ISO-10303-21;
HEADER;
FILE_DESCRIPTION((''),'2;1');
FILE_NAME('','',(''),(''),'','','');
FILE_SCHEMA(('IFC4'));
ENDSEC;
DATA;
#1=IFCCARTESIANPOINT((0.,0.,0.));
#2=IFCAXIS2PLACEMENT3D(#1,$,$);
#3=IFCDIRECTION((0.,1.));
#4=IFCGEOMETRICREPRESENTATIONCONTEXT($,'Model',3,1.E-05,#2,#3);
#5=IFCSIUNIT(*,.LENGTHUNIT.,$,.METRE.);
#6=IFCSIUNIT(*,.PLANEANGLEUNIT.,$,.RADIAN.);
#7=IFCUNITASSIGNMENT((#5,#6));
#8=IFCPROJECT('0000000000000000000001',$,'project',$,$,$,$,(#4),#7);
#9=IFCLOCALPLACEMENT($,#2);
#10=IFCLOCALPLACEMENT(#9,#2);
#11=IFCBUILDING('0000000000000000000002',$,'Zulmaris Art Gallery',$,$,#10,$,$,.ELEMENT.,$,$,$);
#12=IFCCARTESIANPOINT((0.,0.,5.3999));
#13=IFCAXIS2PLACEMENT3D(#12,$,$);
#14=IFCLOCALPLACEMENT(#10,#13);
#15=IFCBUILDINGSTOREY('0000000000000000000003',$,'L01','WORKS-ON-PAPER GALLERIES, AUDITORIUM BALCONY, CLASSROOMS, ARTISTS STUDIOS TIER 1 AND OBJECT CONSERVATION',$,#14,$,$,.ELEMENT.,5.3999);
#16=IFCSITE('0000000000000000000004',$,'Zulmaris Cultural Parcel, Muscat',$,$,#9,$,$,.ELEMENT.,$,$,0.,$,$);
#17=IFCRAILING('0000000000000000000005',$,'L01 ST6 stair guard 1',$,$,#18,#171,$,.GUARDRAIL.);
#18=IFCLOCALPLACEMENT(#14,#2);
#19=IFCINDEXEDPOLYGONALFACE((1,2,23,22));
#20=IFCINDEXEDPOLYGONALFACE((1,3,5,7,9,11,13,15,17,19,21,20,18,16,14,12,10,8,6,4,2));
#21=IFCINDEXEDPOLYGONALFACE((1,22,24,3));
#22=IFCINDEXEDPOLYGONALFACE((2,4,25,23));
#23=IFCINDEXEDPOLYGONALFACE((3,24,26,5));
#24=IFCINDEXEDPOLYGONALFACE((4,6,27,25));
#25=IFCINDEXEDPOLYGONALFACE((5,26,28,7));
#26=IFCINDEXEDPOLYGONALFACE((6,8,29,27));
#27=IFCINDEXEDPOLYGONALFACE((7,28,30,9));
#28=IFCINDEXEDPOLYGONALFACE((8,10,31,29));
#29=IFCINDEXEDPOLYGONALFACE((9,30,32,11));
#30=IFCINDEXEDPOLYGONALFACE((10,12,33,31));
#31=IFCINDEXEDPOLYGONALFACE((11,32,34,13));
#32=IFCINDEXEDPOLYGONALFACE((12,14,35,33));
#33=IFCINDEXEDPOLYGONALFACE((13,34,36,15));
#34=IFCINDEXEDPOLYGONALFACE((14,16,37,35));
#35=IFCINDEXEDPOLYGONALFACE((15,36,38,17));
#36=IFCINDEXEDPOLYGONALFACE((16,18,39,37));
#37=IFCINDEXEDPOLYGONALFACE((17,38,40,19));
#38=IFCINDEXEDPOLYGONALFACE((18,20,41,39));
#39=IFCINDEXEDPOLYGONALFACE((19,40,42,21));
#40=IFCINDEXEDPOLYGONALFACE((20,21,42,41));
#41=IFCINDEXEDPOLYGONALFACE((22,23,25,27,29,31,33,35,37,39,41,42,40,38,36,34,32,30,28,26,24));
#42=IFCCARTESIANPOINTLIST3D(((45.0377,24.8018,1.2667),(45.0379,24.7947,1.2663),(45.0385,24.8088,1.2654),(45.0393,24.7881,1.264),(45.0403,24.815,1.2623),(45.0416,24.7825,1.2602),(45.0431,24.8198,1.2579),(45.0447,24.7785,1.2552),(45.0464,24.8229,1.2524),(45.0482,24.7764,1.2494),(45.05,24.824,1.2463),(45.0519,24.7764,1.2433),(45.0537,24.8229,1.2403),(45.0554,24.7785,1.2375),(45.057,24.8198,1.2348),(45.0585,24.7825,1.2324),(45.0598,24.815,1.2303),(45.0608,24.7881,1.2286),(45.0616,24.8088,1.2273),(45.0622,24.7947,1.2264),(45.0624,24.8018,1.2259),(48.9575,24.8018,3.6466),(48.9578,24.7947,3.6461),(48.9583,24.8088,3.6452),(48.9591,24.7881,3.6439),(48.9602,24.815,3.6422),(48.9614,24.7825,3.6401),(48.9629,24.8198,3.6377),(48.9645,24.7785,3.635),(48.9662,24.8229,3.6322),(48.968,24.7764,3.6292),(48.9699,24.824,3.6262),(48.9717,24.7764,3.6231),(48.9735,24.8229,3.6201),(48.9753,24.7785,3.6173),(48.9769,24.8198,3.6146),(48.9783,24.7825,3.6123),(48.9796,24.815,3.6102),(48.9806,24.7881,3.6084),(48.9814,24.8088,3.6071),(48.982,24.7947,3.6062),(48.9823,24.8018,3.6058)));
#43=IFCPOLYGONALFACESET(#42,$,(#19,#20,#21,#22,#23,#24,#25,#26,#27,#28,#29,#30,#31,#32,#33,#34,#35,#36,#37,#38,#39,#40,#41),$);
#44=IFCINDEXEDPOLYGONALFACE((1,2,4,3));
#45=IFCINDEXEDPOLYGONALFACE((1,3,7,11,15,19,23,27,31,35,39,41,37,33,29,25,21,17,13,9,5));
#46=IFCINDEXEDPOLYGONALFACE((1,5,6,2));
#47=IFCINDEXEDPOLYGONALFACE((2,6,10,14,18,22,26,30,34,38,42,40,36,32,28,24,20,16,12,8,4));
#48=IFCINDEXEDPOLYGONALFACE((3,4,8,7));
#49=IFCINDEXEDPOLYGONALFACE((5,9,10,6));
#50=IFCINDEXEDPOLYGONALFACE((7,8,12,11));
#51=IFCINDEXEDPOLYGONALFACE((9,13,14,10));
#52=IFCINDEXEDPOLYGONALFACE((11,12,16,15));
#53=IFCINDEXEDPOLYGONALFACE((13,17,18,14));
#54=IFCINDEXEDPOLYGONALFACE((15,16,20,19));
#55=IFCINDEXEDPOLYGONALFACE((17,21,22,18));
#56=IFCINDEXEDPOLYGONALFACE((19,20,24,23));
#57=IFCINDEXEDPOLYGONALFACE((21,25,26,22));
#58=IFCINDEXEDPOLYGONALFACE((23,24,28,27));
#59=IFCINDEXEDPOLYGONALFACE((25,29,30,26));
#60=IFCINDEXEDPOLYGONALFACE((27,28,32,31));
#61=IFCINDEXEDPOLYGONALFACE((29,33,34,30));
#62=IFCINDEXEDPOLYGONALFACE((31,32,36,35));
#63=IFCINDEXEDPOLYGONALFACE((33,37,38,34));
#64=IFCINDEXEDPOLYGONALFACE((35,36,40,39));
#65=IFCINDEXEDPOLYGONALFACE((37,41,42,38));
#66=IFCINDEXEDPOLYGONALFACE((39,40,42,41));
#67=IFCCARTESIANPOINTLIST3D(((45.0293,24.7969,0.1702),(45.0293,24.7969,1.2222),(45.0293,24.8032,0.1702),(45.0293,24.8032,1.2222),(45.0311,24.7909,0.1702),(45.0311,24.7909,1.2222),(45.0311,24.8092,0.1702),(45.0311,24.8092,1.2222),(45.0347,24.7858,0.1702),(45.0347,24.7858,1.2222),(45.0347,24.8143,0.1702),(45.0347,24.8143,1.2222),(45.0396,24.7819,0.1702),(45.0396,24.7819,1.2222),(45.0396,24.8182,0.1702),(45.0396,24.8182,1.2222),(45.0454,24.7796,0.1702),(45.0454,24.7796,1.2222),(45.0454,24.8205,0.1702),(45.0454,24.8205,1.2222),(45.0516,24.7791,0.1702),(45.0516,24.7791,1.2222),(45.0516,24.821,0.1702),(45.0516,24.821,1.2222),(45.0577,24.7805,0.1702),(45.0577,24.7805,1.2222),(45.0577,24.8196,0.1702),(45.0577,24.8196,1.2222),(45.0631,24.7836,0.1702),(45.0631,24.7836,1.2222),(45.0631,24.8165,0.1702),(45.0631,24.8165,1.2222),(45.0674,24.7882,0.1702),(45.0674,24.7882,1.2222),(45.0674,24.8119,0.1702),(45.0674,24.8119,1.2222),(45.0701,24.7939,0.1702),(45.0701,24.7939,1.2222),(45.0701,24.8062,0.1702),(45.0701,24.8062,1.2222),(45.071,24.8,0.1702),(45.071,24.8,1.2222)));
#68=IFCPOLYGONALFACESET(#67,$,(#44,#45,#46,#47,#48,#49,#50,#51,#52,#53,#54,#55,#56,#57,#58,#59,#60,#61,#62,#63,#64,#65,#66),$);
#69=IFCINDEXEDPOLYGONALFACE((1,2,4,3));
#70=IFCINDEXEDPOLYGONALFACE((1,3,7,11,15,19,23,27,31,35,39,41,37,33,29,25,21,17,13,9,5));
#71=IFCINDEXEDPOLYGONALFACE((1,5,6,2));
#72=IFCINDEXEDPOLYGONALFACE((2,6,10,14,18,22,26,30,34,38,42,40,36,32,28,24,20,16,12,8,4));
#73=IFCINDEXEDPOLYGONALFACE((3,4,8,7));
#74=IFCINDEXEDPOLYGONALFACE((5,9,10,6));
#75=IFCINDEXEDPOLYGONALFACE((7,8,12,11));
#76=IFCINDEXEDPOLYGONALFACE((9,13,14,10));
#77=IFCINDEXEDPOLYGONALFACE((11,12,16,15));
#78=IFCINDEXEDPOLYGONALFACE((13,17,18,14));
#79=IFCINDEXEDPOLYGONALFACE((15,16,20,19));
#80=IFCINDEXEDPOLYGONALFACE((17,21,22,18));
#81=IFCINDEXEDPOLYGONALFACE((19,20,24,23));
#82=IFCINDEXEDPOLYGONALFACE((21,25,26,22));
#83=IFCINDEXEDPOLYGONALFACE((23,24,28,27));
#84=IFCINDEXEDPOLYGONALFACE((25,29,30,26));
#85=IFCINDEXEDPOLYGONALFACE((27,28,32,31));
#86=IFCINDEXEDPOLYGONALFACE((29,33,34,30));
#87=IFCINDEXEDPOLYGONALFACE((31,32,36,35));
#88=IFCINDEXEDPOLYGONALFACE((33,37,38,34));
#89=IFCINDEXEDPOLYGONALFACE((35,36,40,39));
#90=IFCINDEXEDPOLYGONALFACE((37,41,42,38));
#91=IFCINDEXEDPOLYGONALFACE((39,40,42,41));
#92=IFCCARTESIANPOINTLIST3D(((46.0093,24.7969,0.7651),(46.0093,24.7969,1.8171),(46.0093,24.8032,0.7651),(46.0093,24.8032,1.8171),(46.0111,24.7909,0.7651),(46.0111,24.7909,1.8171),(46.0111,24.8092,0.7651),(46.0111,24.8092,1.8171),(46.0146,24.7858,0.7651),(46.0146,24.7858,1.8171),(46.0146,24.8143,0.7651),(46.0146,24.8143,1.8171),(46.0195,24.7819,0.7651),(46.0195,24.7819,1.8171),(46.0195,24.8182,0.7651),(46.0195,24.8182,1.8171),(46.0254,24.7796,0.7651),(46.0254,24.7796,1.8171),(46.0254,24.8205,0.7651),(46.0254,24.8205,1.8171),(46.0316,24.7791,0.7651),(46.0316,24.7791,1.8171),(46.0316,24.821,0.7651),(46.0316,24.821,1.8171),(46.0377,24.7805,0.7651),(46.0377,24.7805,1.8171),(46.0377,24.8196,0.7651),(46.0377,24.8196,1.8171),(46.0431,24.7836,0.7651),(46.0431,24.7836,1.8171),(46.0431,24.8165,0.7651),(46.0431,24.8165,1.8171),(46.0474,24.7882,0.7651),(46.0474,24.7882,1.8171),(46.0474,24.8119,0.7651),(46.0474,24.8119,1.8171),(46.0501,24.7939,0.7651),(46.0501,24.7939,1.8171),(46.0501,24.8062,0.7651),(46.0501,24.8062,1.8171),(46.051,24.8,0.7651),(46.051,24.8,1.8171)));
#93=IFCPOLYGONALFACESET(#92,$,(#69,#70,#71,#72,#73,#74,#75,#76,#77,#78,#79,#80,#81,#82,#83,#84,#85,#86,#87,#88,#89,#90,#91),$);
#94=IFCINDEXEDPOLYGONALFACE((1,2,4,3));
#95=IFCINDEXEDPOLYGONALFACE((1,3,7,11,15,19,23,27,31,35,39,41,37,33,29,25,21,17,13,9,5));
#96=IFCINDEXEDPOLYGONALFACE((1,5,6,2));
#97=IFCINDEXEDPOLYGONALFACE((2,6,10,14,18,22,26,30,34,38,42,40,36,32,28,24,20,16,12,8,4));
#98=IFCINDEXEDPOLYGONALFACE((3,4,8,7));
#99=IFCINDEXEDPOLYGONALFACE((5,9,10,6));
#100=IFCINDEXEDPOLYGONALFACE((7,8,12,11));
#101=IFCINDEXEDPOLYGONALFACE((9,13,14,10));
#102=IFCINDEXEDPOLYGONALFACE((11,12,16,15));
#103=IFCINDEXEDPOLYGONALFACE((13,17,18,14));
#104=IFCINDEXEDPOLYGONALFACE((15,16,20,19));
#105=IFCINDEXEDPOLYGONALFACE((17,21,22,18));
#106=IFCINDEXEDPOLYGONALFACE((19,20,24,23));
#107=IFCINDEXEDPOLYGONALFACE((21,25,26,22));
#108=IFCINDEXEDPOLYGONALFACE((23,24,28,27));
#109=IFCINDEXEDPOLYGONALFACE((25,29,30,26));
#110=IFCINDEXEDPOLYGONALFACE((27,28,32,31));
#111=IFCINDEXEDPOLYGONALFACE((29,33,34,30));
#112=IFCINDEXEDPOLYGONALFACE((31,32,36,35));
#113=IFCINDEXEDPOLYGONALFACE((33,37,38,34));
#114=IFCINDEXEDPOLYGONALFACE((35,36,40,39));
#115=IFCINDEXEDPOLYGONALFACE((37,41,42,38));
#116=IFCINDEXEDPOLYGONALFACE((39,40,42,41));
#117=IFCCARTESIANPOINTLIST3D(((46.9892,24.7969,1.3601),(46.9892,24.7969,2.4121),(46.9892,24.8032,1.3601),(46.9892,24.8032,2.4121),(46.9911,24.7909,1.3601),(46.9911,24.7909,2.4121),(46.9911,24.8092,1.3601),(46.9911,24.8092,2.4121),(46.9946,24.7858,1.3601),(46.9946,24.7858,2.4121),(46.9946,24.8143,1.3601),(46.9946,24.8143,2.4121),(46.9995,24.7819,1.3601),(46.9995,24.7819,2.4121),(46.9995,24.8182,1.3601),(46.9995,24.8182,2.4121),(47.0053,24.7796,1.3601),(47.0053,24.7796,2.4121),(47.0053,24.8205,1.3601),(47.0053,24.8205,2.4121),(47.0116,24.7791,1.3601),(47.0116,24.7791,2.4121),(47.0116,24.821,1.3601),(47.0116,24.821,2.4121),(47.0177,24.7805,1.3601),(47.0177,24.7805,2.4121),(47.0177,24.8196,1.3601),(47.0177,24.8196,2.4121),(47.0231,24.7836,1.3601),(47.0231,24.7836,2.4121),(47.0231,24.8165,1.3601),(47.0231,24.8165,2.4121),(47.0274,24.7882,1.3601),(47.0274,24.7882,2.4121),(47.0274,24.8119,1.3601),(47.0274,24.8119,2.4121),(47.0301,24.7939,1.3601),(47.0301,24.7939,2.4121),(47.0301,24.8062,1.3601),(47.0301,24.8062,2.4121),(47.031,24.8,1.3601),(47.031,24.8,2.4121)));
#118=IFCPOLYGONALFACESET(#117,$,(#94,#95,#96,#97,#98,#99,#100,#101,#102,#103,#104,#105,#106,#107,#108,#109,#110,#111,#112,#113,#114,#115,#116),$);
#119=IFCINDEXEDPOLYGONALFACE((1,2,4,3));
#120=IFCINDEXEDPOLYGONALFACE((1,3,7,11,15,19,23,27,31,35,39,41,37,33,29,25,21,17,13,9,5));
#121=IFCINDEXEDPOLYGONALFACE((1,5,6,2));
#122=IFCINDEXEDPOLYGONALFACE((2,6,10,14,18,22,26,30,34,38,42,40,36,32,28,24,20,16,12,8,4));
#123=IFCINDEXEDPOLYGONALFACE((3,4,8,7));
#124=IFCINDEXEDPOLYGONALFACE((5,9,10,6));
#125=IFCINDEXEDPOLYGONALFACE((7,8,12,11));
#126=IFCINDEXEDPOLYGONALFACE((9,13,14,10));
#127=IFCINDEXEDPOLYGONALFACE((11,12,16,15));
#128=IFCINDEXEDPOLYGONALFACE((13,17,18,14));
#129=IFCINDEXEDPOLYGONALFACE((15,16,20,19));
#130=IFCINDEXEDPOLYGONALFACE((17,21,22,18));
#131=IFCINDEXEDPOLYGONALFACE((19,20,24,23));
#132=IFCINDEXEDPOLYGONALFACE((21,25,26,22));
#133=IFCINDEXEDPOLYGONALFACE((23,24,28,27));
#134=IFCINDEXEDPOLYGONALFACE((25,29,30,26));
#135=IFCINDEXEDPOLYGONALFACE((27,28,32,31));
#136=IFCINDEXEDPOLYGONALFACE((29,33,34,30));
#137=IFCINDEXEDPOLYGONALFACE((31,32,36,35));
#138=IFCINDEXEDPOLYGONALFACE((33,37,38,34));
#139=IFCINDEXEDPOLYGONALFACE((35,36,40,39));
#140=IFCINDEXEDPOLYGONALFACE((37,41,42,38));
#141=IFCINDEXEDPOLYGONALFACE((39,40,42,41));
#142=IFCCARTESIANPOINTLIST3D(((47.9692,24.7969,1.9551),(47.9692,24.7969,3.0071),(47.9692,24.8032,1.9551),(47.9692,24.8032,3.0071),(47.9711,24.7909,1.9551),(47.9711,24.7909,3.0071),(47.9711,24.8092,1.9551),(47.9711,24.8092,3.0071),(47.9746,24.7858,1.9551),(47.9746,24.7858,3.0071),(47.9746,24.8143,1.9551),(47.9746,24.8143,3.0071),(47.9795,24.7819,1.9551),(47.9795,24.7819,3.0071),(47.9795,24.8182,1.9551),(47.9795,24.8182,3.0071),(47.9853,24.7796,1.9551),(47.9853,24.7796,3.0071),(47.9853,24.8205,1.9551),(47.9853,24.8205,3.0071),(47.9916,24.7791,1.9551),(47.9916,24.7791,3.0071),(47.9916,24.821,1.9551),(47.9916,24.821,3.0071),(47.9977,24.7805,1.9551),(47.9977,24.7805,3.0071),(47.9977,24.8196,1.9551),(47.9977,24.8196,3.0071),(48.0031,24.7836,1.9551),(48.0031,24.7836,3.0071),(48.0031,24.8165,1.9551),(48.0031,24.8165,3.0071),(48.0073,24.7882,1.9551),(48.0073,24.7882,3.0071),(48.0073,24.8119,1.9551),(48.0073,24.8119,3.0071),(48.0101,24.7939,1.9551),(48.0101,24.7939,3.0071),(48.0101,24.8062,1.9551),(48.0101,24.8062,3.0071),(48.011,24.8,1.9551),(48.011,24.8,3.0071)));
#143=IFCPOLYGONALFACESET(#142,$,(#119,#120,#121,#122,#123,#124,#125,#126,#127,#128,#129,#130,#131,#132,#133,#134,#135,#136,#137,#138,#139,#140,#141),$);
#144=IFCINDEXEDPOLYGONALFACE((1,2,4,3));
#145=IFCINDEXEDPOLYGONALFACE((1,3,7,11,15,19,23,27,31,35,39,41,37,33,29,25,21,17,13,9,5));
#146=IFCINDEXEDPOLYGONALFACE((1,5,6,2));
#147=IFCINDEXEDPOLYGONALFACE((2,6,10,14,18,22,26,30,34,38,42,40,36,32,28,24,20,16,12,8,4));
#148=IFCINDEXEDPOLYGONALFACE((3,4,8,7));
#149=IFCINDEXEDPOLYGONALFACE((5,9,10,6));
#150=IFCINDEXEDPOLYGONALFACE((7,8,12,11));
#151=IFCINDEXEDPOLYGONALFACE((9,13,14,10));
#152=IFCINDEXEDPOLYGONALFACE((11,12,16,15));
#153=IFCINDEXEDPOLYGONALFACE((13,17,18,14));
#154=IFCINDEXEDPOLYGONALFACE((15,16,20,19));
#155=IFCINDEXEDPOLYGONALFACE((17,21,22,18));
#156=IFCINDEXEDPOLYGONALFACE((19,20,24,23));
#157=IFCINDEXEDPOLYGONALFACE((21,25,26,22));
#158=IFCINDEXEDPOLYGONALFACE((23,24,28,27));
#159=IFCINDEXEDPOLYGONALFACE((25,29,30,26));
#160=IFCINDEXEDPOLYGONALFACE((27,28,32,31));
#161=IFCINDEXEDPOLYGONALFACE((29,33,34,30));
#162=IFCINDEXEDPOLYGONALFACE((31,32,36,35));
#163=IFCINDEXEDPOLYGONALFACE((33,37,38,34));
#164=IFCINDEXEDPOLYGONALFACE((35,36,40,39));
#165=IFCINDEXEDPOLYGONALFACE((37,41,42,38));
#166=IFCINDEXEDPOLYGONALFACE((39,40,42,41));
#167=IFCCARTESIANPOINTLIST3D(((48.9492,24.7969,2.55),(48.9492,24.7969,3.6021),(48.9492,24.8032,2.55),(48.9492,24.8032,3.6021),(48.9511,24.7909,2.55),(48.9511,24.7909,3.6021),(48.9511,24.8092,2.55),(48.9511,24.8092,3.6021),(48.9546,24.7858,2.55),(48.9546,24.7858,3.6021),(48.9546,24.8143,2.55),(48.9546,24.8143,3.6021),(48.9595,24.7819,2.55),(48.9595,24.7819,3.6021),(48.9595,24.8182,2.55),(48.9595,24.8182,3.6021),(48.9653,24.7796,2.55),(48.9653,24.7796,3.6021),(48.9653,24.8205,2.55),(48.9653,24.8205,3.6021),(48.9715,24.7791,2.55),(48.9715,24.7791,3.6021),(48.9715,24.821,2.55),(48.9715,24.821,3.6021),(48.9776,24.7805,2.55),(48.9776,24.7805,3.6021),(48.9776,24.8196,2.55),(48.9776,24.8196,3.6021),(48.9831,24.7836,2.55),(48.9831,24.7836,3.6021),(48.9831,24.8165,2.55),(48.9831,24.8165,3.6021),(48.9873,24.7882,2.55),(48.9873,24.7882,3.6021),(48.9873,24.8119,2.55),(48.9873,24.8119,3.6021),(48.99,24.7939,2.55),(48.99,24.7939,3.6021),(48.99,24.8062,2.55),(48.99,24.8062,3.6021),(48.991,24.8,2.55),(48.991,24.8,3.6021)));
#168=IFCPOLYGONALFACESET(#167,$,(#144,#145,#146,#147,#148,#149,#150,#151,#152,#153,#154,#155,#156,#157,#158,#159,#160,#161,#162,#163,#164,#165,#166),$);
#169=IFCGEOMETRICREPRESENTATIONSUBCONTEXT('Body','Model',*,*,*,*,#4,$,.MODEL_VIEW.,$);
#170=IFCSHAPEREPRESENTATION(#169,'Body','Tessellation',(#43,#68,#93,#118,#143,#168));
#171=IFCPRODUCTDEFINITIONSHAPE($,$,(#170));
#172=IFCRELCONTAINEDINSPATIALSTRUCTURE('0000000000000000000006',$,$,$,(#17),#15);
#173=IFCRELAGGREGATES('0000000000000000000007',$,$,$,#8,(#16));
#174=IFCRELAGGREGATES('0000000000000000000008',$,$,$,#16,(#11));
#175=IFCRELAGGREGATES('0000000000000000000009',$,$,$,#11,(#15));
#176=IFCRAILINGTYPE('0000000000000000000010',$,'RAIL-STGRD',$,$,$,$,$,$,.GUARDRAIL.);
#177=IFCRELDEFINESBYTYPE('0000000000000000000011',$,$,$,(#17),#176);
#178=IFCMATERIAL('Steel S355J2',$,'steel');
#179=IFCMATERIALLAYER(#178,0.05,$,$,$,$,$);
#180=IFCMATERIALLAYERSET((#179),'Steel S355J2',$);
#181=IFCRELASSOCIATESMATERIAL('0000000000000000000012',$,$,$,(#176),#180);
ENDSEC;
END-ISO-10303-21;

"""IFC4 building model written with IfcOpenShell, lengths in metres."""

from ifc_helpers import new_model, si_unit, direction, frame, origin, origin_2d, place, context, subcontext, project, spatial, circle, extrude, material, layer, layer_set, type_object, element, save


model = new_model("IFC4")

# Units and contexts
model_context = context("Model", 3, precision=1e-05, world=origin(), true_north=direction((0.0, 1.0)))
body_context = subcontext(model_context, "Body", "Model", "MODEL_VIEW")
ifc_project = project(units=[si_unit("LENGTHUNIT", "METRE"), si_unit("PLANEANGLEUNIT", "RADIAN")], contexts=[model_context])

# Site, building, storey
site_placement = place(None, origin())
site = spatial("IfcSite", under=ifc_project, at=site_placement, Name="Zulmaris Cultural Parcel, Muscat", CompositionType="ELEMENT", RefElevation=0.0)
building_placement = place(site_placement, origin())
building = spatial("IfcBuilding", under=site, at=building_placement, Name="Zulmaris Art Gallery", CompositionType="ELEMENT")
storey_placement = place(building_placement, frame((0.0, 0.0, 5.3999)))
storey = spatial("IfcBuildingStorey", under=building, at=storey_placement, Name="L01", Description="WORKS-ON-PAPER GALLERIES, AUDITORIUM BALCONY, CLASSROOMS, ARTISTS STUDIOS TIER 1 AND OBJECT CONSERVATION", CompositionType="ELEMENT", Elevation=5.3999)

# Shared definitions
ifc_material_1 = material(Name="Steel S355J2", Category="steel")

# Railing
ifc_layer_1 = layer(ifc_material_1, 0.05)
ifc_layer_set_1 = layer_set([ifc_layer_1], Name="Steel S355J2")
railing_type_1 = type_object("IfcRailingType", Name="RAIL-STGRD", PredefinedType="GUARDRAIL", material=ifc_layer_set_1)
railing_1_placement = place(storey_placement, frame((45.05, 24.8, 0.1702)))
element("IfcRailing", 1, at=railing_1_placement, inside=storey, type_object=railing_type_1, Name="L01 ST6 stair guard 1", PredefinedType="GUARDRAIL", context=body_context, shape_type="SweptSolid", body=[
    extrude(circle(Radius=0.0239, at=origin_2d()), frame((0.0, 0.0, 1.0762), z_axis=(0.854794, 0.0, 0.518967), x_axis=(0.0, 1.0, 0.0)), (0.0, 0.0, 1.0), 4.5857),
    extrude(circle(Radius=0.021, at=origin_2d()), origin(), (0.0, 0.0, 1.0), 1.052),
    extrude(circle(Radius=0.021, at=origin_2d()), frame((0.98, 0.0, 0.595)), (0.0, 0.0, 1.0), 1.052),
    extrude(circle(Radius=0.021, at=origin_2d()), frame((1.96, 0.0, 1.1899)), (0.0, 0.0, 1.0), 1.052),
    extrude(circle(Radius=0.021, at=origin_2d()), frame((2.9399, 0.0, 1.7849)), (0.0, 0.0, 1.0), 1.052),
    extrude(circle(Radius=0.021, at=origin_2d()), frame((3.9199, 0.0, 2.3799)), (0.0, 0.0, 1.0), 1.052),
])

save(model, "model.ifc")
